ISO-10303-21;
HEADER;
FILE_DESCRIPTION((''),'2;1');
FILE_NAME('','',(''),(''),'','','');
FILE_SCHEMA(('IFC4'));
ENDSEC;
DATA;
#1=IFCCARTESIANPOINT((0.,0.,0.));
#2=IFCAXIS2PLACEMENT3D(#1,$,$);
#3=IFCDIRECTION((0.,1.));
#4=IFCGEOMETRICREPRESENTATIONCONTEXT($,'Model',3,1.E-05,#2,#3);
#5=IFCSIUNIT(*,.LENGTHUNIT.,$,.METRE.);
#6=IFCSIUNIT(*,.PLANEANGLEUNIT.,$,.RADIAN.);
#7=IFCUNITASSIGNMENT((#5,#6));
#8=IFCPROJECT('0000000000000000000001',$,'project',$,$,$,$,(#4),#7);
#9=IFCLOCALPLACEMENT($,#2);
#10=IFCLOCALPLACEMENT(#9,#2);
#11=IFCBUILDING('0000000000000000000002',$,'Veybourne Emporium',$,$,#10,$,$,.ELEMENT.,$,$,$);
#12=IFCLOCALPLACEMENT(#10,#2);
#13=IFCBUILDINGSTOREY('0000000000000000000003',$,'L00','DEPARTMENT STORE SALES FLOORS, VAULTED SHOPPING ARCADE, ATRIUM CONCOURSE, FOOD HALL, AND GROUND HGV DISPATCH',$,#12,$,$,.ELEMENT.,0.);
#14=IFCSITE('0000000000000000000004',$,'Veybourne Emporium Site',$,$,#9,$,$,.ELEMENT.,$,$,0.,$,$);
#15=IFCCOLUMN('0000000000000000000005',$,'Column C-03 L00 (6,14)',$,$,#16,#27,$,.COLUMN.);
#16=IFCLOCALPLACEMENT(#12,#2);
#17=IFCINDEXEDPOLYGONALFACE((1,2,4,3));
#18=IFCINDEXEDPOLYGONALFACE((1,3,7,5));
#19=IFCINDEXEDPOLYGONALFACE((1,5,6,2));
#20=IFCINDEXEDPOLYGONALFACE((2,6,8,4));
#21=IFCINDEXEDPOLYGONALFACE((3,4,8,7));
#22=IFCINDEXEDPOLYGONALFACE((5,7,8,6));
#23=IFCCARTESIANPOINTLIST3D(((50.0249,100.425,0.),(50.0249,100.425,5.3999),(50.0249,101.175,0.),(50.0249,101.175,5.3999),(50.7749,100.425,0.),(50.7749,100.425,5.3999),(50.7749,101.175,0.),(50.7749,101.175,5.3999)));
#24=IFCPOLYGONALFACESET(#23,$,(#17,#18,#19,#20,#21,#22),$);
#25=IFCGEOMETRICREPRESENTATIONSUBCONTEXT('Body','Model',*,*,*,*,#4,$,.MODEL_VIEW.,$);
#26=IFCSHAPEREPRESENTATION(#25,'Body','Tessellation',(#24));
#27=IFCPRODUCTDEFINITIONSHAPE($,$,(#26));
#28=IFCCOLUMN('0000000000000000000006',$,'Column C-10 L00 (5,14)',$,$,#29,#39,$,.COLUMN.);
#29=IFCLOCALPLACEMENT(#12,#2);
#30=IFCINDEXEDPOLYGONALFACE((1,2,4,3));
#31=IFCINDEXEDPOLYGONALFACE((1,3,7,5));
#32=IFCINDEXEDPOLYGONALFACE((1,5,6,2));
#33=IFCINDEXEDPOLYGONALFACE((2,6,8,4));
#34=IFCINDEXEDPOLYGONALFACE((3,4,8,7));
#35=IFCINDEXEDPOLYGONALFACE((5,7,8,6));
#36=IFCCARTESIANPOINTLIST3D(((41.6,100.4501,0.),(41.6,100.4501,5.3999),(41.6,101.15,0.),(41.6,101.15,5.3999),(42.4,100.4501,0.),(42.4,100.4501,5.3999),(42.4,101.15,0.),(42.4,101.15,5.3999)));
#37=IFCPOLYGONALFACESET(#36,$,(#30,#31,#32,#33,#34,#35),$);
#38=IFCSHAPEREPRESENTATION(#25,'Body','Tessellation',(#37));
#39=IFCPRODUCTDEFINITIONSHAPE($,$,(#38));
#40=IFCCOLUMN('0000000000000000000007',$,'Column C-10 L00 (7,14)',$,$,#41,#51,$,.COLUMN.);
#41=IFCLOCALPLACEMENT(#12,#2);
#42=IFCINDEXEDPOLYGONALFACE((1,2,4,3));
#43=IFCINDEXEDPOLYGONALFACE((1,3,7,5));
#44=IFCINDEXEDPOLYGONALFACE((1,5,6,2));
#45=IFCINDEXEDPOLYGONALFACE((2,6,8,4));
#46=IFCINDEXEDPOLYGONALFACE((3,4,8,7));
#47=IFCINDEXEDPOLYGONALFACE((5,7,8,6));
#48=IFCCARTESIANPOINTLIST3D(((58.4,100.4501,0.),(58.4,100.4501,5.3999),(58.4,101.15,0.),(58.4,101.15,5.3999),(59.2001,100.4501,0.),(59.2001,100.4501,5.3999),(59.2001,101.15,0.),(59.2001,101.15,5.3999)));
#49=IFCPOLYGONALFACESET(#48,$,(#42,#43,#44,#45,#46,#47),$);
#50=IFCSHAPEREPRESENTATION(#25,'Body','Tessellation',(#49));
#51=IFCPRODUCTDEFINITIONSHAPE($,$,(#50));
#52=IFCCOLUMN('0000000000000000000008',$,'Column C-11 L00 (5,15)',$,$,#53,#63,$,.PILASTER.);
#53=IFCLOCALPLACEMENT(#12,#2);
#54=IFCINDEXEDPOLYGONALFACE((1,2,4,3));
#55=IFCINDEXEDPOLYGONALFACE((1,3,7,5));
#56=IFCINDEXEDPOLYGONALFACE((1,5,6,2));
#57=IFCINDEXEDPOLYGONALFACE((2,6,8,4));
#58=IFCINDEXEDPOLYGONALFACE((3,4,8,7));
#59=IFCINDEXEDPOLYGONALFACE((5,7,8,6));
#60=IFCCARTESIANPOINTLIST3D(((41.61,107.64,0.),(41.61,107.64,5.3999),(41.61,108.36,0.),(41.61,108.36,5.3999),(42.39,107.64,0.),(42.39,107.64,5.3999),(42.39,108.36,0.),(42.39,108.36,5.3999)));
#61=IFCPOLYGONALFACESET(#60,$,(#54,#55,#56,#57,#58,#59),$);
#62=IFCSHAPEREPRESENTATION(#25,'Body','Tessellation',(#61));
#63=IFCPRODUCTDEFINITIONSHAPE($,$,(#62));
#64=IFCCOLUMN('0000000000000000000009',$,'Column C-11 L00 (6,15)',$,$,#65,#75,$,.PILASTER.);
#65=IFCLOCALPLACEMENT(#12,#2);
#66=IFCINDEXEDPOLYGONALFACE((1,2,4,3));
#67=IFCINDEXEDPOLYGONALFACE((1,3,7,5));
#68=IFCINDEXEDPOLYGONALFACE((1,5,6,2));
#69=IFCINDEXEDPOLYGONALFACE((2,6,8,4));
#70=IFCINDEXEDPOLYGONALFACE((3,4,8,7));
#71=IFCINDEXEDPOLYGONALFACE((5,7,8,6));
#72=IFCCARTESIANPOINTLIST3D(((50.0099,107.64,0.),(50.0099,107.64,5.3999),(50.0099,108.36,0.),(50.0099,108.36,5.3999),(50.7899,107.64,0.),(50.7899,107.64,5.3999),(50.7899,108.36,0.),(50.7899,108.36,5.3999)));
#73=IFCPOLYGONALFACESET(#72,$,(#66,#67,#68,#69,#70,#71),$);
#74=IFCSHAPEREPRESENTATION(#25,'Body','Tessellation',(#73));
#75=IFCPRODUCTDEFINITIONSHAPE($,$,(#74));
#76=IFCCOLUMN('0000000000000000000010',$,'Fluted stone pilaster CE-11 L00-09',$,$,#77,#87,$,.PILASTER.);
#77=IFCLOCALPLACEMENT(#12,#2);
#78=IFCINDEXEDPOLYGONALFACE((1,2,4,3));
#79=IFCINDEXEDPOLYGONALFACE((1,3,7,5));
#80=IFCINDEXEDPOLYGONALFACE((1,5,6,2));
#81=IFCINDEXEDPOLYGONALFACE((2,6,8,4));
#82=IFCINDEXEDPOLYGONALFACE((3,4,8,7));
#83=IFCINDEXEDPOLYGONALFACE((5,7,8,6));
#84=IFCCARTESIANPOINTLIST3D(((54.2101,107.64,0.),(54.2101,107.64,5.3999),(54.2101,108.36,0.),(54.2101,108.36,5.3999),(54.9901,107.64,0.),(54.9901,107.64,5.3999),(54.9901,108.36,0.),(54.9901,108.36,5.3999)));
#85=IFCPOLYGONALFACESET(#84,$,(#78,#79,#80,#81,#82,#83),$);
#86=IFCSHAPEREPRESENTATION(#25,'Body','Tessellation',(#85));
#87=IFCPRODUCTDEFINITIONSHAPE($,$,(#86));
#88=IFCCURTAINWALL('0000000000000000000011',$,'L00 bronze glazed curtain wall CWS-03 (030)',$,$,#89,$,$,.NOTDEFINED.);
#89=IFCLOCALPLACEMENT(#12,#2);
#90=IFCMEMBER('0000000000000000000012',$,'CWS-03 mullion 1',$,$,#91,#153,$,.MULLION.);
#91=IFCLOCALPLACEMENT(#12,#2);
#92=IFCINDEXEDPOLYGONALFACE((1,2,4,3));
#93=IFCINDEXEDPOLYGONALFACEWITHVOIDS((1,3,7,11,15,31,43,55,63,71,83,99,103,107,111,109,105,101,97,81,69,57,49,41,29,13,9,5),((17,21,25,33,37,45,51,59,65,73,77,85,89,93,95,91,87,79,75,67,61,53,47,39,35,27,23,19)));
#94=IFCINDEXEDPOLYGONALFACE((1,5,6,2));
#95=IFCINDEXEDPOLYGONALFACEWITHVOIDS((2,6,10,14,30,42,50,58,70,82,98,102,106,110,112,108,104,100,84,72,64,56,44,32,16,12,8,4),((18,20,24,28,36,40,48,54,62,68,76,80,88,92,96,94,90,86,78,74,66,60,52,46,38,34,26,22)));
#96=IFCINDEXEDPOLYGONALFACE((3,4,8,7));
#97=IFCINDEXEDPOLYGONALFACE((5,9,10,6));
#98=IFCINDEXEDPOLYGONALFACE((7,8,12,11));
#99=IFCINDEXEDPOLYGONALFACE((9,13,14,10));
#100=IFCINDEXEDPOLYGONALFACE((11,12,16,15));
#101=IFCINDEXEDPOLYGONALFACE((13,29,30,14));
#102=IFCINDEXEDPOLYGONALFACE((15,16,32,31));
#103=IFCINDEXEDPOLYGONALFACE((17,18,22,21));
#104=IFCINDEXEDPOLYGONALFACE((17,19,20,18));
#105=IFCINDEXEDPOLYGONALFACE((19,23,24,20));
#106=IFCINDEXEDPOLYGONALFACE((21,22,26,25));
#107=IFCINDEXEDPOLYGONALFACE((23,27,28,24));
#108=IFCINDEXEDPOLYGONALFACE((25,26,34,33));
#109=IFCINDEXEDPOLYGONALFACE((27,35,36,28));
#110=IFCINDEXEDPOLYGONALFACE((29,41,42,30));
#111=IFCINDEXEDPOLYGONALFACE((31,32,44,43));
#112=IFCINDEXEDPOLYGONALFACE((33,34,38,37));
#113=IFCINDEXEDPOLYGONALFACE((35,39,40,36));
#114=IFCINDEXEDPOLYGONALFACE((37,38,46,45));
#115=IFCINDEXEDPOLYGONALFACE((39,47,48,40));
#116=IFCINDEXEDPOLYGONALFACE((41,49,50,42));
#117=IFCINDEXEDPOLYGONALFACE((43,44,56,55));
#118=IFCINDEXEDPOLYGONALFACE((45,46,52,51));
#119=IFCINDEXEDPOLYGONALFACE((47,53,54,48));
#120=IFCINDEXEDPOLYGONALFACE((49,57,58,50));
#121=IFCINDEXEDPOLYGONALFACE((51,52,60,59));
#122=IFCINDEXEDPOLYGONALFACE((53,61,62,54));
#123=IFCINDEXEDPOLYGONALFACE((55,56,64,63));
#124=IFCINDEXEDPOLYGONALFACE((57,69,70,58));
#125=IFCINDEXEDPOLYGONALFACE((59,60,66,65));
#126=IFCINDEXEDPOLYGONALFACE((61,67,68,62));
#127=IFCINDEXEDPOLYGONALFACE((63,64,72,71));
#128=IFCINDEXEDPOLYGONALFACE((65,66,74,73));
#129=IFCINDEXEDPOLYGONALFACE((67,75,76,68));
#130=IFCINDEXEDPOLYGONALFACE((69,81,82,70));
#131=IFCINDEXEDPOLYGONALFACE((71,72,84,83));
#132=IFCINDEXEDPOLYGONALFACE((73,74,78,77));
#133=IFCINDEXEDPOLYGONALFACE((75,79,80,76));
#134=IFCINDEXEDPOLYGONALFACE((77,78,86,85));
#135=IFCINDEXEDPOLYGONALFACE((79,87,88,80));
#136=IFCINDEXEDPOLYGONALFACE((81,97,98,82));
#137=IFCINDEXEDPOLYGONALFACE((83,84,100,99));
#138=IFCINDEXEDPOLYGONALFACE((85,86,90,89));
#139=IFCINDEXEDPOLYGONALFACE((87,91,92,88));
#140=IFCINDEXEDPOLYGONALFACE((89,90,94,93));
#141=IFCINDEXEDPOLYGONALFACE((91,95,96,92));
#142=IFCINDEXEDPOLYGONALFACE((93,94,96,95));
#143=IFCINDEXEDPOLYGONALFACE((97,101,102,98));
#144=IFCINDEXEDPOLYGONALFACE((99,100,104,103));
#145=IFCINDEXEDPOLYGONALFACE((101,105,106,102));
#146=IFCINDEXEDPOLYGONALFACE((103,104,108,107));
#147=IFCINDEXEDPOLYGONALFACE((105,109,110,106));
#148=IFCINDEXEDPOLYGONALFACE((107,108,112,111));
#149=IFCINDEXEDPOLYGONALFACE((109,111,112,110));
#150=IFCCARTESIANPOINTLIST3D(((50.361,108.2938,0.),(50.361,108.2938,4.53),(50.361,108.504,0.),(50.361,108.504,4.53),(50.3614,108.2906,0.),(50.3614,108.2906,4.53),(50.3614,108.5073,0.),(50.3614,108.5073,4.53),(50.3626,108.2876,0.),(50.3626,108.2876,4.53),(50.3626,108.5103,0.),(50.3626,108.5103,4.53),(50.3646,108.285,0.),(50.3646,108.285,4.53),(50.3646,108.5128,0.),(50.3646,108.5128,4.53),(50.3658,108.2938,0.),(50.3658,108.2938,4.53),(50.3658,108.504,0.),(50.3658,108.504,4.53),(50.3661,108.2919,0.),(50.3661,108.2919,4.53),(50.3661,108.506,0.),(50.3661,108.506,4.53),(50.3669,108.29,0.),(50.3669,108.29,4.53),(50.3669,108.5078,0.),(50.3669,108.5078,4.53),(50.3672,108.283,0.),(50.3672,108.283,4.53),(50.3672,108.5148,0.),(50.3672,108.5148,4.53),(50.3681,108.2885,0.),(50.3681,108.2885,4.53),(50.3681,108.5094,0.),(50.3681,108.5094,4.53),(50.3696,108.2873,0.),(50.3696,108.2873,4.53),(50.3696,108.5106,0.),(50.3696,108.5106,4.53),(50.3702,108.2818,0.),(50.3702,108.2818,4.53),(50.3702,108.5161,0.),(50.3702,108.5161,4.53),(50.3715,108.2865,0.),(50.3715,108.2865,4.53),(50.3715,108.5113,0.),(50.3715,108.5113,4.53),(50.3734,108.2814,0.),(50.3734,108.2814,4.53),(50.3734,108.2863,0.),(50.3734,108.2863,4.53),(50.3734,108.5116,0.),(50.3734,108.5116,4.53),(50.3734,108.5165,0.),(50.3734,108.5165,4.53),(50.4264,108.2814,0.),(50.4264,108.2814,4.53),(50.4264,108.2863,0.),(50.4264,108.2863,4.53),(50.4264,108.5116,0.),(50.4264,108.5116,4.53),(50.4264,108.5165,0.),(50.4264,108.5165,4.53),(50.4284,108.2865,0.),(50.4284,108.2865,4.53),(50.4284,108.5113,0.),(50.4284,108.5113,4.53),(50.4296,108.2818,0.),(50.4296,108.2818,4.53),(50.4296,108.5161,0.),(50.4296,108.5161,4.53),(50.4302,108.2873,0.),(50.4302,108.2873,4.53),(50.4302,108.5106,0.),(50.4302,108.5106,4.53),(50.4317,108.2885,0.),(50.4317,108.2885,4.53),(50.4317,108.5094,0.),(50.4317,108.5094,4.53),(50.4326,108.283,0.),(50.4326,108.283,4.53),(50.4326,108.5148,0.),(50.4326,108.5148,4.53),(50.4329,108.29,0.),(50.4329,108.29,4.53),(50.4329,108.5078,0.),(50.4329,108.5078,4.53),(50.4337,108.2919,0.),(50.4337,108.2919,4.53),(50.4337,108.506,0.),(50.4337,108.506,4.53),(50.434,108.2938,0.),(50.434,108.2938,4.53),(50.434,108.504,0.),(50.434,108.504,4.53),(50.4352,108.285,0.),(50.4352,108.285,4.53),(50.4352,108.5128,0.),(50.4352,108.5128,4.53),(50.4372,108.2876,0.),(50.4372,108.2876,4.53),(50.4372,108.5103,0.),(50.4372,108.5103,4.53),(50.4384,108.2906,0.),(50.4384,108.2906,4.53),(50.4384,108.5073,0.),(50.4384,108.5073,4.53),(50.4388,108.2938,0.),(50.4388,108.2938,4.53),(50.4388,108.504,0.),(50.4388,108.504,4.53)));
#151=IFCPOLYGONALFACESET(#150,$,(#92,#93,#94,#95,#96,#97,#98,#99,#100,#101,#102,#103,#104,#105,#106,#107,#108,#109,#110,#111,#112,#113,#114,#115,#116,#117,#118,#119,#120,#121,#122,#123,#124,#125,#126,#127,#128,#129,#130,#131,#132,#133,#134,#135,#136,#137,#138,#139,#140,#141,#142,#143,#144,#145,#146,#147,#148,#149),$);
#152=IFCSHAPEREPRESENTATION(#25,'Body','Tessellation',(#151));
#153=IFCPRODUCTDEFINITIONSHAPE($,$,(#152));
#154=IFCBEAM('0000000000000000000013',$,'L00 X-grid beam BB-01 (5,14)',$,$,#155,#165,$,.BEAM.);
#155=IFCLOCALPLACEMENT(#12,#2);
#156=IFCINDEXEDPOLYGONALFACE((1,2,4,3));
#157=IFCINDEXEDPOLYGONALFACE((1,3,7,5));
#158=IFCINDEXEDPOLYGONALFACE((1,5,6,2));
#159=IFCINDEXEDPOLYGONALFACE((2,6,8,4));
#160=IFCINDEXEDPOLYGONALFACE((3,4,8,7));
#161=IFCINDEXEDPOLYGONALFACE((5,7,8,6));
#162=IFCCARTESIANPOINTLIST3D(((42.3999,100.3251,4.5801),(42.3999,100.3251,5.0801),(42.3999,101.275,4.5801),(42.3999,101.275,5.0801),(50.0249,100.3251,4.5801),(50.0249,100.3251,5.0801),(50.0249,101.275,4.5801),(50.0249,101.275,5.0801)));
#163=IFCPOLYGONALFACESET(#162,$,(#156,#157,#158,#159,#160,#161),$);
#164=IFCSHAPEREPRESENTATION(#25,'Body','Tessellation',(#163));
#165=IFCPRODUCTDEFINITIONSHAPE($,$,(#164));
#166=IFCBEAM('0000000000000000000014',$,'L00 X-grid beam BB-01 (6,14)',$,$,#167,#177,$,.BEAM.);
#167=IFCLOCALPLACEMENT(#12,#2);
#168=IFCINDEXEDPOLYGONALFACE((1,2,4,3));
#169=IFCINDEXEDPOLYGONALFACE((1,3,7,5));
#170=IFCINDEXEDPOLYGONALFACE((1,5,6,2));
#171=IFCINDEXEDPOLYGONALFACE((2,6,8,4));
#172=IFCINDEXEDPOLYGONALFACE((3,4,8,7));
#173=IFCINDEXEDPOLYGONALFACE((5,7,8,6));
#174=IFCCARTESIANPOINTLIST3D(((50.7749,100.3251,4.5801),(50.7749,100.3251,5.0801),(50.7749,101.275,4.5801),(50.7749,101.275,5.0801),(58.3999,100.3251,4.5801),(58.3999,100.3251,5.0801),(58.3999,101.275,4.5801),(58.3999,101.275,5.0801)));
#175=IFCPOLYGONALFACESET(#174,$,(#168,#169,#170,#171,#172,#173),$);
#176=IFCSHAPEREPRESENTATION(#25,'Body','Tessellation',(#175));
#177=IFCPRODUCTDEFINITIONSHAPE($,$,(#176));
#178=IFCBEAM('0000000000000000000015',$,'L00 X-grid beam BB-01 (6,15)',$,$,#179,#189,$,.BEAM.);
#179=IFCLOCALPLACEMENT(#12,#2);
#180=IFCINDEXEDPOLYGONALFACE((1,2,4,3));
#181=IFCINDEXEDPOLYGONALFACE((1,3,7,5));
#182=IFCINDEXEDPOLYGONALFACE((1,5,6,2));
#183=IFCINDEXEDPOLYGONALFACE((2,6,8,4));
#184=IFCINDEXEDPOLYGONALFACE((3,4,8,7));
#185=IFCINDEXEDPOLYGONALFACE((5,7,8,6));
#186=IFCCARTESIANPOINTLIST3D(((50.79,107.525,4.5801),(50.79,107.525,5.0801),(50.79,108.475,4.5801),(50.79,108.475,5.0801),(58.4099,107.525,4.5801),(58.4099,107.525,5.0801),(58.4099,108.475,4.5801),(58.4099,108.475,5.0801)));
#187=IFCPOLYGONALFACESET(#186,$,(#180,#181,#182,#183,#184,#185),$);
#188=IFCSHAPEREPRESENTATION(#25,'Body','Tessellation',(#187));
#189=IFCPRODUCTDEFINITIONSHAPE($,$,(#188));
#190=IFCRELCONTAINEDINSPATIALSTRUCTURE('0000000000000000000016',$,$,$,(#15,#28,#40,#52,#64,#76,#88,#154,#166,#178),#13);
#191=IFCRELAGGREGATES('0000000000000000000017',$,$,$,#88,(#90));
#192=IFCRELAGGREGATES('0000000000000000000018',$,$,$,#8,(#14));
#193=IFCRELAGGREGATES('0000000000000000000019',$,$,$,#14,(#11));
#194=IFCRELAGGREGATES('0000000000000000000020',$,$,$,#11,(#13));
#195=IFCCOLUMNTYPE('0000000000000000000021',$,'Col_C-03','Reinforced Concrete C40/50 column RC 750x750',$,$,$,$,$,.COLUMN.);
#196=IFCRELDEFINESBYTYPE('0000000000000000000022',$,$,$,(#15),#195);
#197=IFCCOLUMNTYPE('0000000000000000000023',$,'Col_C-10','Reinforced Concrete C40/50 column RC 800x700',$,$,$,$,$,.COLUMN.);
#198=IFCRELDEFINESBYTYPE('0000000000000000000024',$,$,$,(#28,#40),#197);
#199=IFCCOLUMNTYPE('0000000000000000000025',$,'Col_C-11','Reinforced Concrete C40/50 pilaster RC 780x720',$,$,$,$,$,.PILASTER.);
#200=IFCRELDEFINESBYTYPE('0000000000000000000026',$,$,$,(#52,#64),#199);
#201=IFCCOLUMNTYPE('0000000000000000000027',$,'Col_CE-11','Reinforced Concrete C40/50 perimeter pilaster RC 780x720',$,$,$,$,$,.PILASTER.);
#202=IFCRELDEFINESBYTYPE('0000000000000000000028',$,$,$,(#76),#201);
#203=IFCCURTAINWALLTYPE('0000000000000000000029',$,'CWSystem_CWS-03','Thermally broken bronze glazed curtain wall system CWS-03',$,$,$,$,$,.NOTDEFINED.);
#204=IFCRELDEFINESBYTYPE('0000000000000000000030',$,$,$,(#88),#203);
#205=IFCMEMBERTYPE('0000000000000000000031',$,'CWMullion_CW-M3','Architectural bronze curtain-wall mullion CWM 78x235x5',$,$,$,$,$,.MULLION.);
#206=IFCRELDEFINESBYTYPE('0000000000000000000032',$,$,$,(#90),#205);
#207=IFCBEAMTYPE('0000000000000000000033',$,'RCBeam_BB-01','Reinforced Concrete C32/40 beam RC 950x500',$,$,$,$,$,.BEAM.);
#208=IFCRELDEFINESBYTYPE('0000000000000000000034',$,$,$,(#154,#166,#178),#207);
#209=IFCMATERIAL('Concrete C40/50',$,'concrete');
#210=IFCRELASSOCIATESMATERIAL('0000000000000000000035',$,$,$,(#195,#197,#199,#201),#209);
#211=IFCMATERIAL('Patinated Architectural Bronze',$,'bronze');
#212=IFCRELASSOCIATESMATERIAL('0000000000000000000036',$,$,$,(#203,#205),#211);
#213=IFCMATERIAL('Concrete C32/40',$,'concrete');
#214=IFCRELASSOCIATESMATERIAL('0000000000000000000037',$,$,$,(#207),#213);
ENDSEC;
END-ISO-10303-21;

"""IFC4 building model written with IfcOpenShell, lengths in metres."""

from ifc_helpers import new_model, si_unit, direction, frame, origin, origin_2d, place, context, subcontext, project, spatial, rectangle, hollow_rectangle, extrude, material, material_profile, profile_set, type_object, element, aggregate, save


model = new_model("IFC4")

# Units and contexts
model_context = context("Model", 3, precision=1e-05, world=origin(), true_north=direction((0.0, 1.0)))
body_context = subcontext(model_context, "Body", "Model", "MODEL_VIEW")
ifc_project = project(units=[si_unit("LENGTHUNIT", "METRE"), si_unit("PLANEANGLEUNIT", "RADIAN")], contexts=[model_context])

# Site, building, storey
site_placement = place(None, origin())
site = spatial("IfcSite", under=ifc_project, at=site_placement, Name="Veybourne Emporium Site", CompositionType="ELEMENT", RefElevation=0.0)
building_placement = place(site_placement, origin())
building = spatial("IfcBuilding", under=site, at=building_placement, Name="Veybourne Emporium", CompositionType="ELEMENT")
storey_placement = place(building_placement, origin())
storey = spatial("IfcBuildingStorey", under=building, at=storey_placement, Name="L00", Description="DEPARTMENT STORE SALES FLOORS, VAULTED SHOPPING ARCADE, ATRIUM CONCOURSE, FOOD HALL, AND GROUND HGV DISPATCH", CompositionType="ELEMENT", Elevation=0.0)

# Columns
ifc_material_1 = material(Name="Concrete C40/50", Category="concrete")
ifc_material_profile_1 = material_profile(ifc_material_1, rectangle(XDim=0.75, YDim=0.75, at=origin_2d()), Name="RC 750x750")
ifc_profile_set_1 = profile_set([ifc_material_profile_1], Name="Concrete C40/50")
column_type_1 = type_object("IfcColumnType", Name="Col_C-03", Description="Reinforced Concrete C40/50 column RC 750x750", PredefinedType="COLUMN", material=ifc_profile_set_1)
column_1_placement = place(storey_placement, frame((50.3999, 100.8, 0.0), z_axis=(0.0, 0.0, 1.0), x_axis=(1.0, 0.0, 0.0)))
element("IfcColumn", 1, at=column_1_placement, inside=storey, type_object=column_type_1, Name="Column C-03 L00 (6,14)", PredefinedType="COLUMN", context=body_context, shape_type="SweptSolid", body=[
    extrude(rectangle(XDim=0.75, YDim=0.75, at=origin_2d()), origin(), (0.0, 0.0, 1.0), 5.3999),
])
ifc_material_profile_2 = material_profile(ifc_material_1, rectangle(XDim=0.8, YDim=0.7, at=origin_2d()), Name="RC 800x700")
ifc_profile_set_2 = profile_set([ifc_material_profile_2], Name="Concrete C40/50")
column_type_2 = type_object("IfcColumnType", Name="Col_C-10", Description="Reinforced Concrete C40/50 column RC 800x700", PredefinedType="COLUMN", material=ifc_profile_set_2)
for number, where, z_axis, x_axis, name in (
    (2, (42.0, 100.8, 0.0), (0.0, 0.0, 1.0), (1.0, 0.0, 0.0), "Column C-10 L00 (5,14)"),
    (3, (58.8, 100.8, 0.0), (0.0, 0.0, 1.0), (1.0, 0.0, 0.0), "Column C-10 L00 (7,14)"),
):
    element("IfcColumn", number, at=place(storey_placement, frame(where, z_axis=z_axis, x_axis=x_axis)), inside=storey, type_object=column_type_2, Name=name, PredefinedType="COLUMN", context=body_context, shape_type="SweptSolid", body=[
        extrude(rectangle(XDim=0.8, YDim=0.7, at=origin_2d()), origin(), (0.0, 0.0, 1.0), 5.3999),
    ])
ifc_material_profile_3 = material_profile(ifc_material_1, rectangle(XDim=0.78, YDim=0.72, at=origin_2d()), Name="RC 780x720")
ifc_profile_set_3 = profile_set([ifc_material_profile_3], Name="Concrete C40/50")
column_type_3 = type_object("IfcColumnType", Name="Col_C-11", Description="Reinforced Concrete C40/50 pilaster RC 780x720", PredefinedType="PILASTER", material=ifc_profile_set_3)
for number, where, z_axis, x_axis, name in (
    (4, (42.0, 108.0, 0.0), (0.0, 0.0, 1.0), (1.0, 0.0, 0.0), "Column C-11 L00 (5,15)"),
    (5, (50.3999, 108.0, 0.0), (0.0, 0.0, 1.0), (1.0, 0.0, 0.0), "Column C-11 L00 (6,15)"),
):
    element("IfcColumn", number, at=place(storey_placement, frame(where, z_axis=z_axis, x_axis=x_axis)), inside=storey, type_object=column_type_3, Name=name, PredefinedType="PILASTER", context=body_context, shape_type="SweptSolid", body=[
        extrude(rectangle(XDim=0.78, YDim=0.72, at=origin_2d()), origin(), (0.0, 0.0, 1.0), 5.3999),
    ])
ifc_material_profile_4 = material_profile(ifc_material_1, rectangle(XDim=0.78, YDim=0.72, at=origin_2d()), Name="RC 780x720")
ifc_profile_set_4 = profile_set([ifc_material_profile_4], Name="Concrete C40/50")
column_type_4 = type_object("IfcColumnType", Name="Col_CE-11", Description="Reinforced Concrete C40/50 perimeter pilaster RC 780x720", PredefinedType="PILASTER", material=ifc_profile_set_4)
column_2_placement = place(storey_placement, frame((54.6001, 108.0, 0.0), z_axis=(0.0, 0.0, 1.0), x_axis=(1.0, 0.0, 0.0)))
element("IfcColumn", 6, at=column_2_placement, inside=storey, type_object=column_type_4, Name="Fluted stone pilaster CE-11 L00-09", PredefinedType="PILASTER", context=body_context, shape_type="SweptSolid", body=[
    extrude(rectangle(XDim=0.78, YDim=0.72, at=origin_2d()), origin(), (0.0, 0.0, 1.0), 5.3999),
])

# Curtain wall, member
ifc_material_2 = material(Name="Patinated Architectural Bronze", Category="bronze")
curtain_wall_type = type_object("IfcCurtainWallType", Name="CWSystem_CWS-03", Description="Thermally broken bronze glazed curtain wall system CWS-03", PredefinedType="NOTDEFINED", material=ifc_material_2)
curtain_wall_placement = place(storey_placement, origin())
curtain_wall = element("IfcCurtainWall", 7, at=curtain_wall_placement, inside=storey, type_object=curtain_wall_type, Name="L00 bronze glazed curtain wall CWS-03 (030)", PredefinedType="NOTDEFINED")
ifc_material_profile_5 = material_profile(ifc_material_2, hollow_rectangle(XDim=0.0779, YDim=0.2351, WallThickness=0.0049, InnerFilletRadius=0.0076, OuterFilletRadius=0.0125, at=origin_2d()), Name="CWM 78x235x5")
ifc_profile_set_5 = profile_set([ifc_material_profile_5], Name="Patinated Architectural Bronze")
member_type = type_object("IfcMemberType", Name="CWMullion_CW-M3", Description="Architectural bronze curtain-wall mullion CWM 78x235x5", PredefinedType="MULLION", material=ifc_profile_set_5)
member_placement = place(storey_placement, frame((50.3999, 108.3989, 0.0), z_axis=(0.0, 0.0, 1.0), x_axis=(-1.0, 0.0, 0.0)))
member = element("IfcMember", 8, at=member_placement, type_object=member_type, Name="CWS-03 mullion 1", PredefinedType="MULLION", context=body_context, shape_type="SweptSolid", body=[
    extrude(hollow_rectangle(XDim=0.0779, YDim=0.2351, WallThickness=0.0049, InnerFilletRadius=0.0076, OuterFilletRadius=0.0125, at=origin_2d()), origin(), (0.0, 0.0, 1.0), 4.53),
])
aggregate(curtain_wall, [member])

# Beams
ifc_material_3 = material(Name="Concrete C32/40", Category="concrete")
ifc_material_profile_6 = material_profile(ifc_material_3, rectangle(XDim=0.95, YDim=0.5, at=origin_2d()), Name="RC 950x500")
ifc_profile_set_6 = profile_set([ifc_material_profile_6], Name="Concrete C32/40")
beam_type_1 = type_object("IfcBeamType", Name="RCBeam_BB-01", Description="Reinforced Concrete C32/40 beam RC 950x500", PredefinedType="BEAM", material=ifc_profile_set_6)
for number, where, z_axis, x_axis, name in (
    (9, (42.3999, 100.8, 4.8301), (1.0, 0.0, 0.0), (0.0, 1.0, 0.0), "L00 X-grid beam BB-01 (5,14)"),
    (10, (50.7749, 100.8, 4.8301), (1.0, 0.0, 0.0), (0.0, 1.0, 0.0), "L00 X-grid beam BB-01 (6,14)"),
):
    element("IfcBeam", number, at=place(storey_placement, frame(where, z_axis=z_axis, x_axis=x_axis)), inside=storey, type_object=beam_type_1, Name=name, PredefinedType="BEAM", context=body_context, shape_type="SweptSolid", body=[
        extrude(rectangle(XDim=0.95, YDim=0.5, at=origin_2d()), origin(), (0.0, 0.0, 1.0), 7.625),
    ])
beam_1_placement = place(storey_placement, frame((50.79, 108.0, 4.8301), z_axis=(1.0, 0.0, 0.0), x_axis=(0.0, 1.0, 0.0)))
element("IfcBeam", 11, at=beam_1_placement, inside=storey, type_object=beam_type_1, Name="L00 X-grid beam BB-01 (6,15)", PredefinedType="BEAM", context=body_context, shape_type="SweptSolid", body=[
    extrude(rectangle(XDim=0.95, YDim=0.5, at=origin_2d()), origin(), (0.0, 0.0, 1.0), 7.6199),
])

save(model, "model.ifc")
